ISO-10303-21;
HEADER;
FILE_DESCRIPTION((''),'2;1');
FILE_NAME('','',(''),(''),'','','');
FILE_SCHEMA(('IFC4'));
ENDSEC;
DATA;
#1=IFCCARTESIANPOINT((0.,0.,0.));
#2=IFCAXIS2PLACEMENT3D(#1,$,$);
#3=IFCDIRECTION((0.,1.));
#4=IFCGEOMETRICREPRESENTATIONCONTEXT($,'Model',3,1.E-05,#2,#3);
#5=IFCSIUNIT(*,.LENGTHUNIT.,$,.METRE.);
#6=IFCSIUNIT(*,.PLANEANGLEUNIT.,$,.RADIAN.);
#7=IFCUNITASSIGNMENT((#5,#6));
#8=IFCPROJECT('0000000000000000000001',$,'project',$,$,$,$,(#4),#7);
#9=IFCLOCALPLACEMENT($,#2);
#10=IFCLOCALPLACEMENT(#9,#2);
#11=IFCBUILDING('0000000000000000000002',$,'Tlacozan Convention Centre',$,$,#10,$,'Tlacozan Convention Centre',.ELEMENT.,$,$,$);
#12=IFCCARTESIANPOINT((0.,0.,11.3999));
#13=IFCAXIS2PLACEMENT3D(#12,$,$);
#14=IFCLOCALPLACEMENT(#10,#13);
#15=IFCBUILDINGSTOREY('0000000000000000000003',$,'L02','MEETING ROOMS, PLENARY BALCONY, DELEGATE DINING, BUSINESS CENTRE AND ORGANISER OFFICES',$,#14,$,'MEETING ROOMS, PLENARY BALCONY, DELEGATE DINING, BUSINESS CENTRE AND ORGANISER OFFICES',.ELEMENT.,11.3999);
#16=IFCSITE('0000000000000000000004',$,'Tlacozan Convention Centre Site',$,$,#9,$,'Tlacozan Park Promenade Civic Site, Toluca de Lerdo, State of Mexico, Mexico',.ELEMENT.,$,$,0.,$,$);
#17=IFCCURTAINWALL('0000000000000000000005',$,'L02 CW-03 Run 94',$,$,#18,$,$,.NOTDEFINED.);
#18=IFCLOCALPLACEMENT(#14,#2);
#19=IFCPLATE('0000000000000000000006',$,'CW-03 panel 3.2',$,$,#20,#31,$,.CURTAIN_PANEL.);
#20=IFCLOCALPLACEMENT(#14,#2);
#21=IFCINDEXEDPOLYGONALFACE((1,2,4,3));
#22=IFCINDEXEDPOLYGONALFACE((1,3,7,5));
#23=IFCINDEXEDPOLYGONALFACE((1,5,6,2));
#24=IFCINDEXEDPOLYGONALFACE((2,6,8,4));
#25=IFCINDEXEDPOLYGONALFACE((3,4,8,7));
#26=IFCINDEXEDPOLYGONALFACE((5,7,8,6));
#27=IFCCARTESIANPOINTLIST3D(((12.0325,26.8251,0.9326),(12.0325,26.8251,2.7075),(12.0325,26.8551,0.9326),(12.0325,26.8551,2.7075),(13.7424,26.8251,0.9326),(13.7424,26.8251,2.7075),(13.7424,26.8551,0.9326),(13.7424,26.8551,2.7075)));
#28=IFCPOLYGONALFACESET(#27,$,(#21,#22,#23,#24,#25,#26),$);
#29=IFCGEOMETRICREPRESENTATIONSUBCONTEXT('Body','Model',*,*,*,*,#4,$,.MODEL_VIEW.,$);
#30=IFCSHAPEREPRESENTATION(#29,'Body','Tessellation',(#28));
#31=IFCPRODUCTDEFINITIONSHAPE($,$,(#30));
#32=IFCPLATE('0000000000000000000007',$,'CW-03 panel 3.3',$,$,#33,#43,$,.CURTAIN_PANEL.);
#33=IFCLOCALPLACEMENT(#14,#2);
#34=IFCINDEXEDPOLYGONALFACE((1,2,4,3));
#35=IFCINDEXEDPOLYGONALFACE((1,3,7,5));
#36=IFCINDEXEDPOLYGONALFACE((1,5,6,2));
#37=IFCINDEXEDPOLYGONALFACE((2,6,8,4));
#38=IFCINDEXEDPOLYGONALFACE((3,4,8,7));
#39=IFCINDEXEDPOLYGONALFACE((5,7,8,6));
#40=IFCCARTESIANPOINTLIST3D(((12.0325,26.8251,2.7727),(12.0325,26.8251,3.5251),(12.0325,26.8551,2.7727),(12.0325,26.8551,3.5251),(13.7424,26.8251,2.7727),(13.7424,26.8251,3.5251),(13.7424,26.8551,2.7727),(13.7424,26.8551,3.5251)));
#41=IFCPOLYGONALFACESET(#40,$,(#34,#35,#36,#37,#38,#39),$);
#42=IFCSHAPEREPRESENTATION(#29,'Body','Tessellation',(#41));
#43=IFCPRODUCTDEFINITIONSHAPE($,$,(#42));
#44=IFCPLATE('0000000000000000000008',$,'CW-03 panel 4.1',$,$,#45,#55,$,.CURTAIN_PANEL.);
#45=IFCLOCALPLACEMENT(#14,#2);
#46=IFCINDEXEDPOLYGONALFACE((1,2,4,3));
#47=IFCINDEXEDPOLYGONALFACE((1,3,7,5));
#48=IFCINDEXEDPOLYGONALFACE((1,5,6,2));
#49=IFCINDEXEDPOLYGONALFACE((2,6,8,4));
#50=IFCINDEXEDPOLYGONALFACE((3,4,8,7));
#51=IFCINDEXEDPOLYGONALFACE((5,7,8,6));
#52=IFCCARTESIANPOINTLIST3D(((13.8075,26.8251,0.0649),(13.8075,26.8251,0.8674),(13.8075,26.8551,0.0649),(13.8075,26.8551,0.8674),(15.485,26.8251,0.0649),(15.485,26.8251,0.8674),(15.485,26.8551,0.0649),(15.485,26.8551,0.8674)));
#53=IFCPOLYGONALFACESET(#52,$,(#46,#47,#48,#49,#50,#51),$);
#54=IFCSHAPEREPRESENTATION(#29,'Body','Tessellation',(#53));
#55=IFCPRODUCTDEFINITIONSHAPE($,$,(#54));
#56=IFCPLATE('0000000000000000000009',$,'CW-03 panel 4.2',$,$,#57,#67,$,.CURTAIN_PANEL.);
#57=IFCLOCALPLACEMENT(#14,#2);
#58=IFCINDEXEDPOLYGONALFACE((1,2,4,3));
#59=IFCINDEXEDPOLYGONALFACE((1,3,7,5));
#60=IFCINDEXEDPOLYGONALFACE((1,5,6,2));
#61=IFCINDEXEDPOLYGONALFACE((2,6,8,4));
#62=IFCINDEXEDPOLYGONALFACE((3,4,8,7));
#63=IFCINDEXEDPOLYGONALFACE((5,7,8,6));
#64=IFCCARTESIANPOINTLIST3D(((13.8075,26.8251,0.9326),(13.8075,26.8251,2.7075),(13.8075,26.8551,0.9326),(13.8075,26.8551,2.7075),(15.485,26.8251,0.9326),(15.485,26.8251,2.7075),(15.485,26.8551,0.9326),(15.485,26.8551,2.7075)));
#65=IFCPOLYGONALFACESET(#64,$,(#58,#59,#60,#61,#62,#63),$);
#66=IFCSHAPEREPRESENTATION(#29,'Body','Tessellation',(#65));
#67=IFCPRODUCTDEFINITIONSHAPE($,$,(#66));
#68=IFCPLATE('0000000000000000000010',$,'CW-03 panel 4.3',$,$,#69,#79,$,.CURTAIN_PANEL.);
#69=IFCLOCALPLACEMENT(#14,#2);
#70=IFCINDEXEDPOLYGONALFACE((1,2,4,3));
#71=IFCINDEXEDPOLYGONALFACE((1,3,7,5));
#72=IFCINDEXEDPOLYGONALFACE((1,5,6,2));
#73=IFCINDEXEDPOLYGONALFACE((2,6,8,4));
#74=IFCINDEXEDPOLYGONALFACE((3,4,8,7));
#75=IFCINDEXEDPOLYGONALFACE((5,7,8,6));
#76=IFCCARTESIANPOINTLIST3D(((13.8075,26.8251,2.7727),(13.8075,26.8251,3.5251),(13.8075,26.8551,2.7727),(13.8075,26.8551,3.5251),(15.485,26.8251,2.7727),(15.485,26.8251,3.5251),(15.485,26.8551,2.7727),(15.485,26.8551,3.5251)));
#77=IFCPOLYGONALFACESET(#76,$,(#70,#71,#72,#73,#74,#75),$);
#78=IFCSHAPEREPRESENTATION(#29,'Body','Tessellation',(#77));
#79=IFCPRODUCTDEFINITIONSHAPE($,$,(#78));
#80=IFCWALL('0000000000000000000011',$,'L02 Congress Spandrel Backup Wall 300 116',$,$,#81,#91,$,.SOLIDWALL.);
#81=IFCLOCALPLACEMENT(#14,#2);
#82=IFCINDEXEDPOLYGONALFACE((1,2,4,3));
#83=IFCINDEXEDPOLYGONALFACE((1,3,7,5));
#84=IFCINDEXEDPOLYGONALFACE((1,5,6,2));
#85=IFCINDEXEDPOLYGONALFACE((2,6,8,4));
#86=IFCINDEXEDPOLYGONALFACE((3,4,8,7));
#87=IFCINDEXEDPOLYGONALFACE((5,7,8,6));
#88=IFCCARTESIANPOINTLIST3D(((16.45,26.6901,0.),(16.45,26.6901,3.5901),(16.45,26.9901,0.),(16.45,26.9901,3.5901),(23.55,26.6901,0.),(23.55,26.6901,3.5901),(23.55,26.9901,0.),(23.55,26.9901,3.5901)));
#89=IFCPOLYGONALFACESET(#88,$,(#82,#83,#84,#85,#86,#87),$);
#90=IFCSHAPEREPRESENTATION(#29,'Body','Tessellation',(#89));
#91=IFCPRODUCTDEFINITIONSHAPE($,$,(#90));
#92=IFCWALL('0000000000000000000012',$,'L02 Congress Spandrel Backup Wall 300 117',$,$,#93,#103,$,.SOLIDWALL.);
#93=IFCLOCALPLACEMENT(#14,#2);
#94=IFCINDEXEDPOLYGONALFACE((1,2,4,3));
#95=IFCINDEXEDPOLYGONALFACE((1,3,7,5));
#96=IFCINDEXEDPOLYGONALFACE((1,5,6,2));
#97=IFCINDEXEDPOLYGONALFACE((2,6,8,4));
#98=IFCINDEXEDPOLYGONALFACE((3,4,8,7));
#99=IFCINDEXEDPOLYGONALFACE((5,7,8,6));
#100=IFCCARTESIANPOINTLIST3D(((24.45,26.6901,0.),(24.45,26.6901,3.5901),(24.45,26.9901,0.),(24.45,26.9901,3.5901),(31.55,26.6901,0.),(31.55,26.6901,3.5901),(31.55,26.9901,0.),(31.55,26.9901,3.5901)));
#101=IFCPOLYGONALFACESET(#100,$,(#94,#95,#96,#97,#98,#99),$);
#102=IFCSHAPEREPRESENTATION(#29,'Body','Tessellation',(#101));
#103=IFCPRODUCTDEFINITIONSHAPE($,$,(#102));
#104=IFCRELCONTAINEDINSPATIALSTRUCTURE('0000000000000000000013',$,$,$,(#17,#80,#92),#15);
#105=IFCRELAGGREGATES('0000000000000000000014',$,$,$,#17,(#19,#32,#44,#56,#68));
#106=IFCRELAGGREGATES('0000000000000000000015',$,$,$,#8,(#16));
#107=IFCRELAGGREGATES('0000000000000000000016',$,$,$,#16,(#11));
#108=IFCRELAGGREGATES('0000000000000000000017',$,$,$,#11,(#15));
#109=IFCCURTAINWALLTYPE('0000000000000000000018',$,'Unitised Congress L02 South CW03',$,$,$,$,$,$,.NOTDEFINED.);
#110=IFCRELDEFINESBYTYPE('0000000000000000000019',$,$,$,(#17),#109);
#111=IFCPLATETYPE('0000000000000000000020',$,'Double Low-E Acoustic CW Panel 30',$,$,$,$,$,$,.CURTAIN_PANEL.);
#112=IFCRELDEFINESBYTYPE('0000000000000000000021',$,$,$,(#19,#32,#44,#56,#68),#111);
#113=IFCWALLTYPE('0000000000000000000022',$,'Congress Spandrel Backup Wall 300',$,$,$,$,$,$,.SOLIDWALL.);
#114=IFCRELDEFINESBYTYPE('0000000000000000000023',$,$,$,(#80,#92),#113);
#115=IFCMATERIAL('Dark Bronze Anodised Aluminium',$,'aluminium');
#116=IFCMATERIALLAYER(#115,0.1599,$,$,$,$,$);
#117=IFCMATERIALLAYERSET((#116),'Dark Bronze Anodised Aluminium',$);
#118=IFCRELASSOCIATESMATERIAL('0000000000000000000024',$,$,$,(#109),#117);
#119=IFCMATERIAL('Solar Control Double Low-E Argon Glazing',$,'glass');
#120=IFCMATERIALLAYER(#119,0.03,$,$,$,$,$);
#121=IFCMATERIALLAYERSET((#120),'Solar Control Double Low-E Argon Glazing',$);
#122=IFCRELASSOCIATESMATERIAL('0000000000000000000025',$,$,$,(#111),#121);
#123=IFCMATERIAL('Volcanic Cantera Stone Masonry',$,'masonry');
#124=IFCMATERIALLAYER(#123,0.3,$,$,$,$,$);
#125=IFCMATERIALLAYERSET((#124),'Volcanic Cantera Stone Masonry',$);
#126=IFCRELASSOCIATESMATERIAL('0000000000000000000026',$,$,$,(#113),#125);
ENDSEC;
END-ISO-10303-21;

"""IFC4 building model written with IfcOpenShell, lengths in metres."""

from ifc_helpers import new_model, si_unit, direction, frame, frame_2d, origin, origin_2d, place, context, subcontext, project, spatial, rectangle, extrude, material, layer, layer_set, type_object, element, aggregate, save


model = new_model("IFC4")

# Units and contexts
model_context = context("Model", 3, precision=1e-05, world=origin(), true_north=direction((0.0, 1.0)))
body_context = subcontext(model_context, "Body", "Model", "MODEL_VIEW")
ifc_project = project(units=[si_unit("LENGTHUNIT", "METRE"), si_unit("PLANEANGLEUNIT", "RADIAN")], contexts=[model_context])

# Site, building, storey
site_placement = place(None, origin())
site = spatial("IfcSite", under=ifc_project, at=site_placement, Name="Tlacozan Convention Centre Site", LongName="Tlacozan Park Promenade Civic Site, Toluca de Lerdo, State of Mexico, Mexico", CompositionType="ELEMENT", RefElevation=0.0)
building_placement = place(site_placement, origin())
building = spatial("IfcBuilding", under=site, at=building_placement, Name="Tlacozan Convention Centre", LongName="Tlacozan Convention Centre", CompositionType="ELEMENT")
storey_placement = place(building_placement, frame((0.0, 0.0, 11.3999)))
storey = spatial("IfcBuildingStorey", under=building, at=storey_placement, Name="L02", Description="MEETING ROOMS, PLENARY BALCONY, DELEGATE DINING, BUSINESS CENTRE AND ORGANISER OFFICES", LongName="MEETING ROOMS, PLENARY BALCONY, DELEGATE DINING, BUSINESS CENTRE AND ORGANISER OFFICES", CompositionType="ELEMENT", Elevation=11.3999)

# Curtain wall, plates
ifc_material_1 = material(Name="Dark Bronze Anodised Aluminium", Category="aluminium")
ifc_layer_1 = layer(ifc_material_1, 0.1599)
ifc_layer_set_1 = layer_set([ifc_layer_1], Name="Dark Bronze Anodised Aluminium")
curtain_wall_type = type_object("IfcCurtainWallType", Name="Unitised Congress L02 South CW03", PredefinedType="NOTDEFINED", material=ifc_layer_set_1)
curtain_wall_placement = place(storey_placement, origin())
curtain_wall = element("IfcCurtainWall", 1, at=curtain_wall_placement, inside=storey, type_object=curtain_wall_type, Name="L02 CW-03 Run 94", PredefinedType="NOTDEFINED")
ifc_material_2 = material(Name="Solar Control Double Low-E Argon Glazing", Category="glass")
ifc_layer_2 = layer(ifc_material_2, 0.03)
ifc_layer_set_2 = layer_set([ifc_layer_2], Name="Solar Control Double Low-E Argon Glazing")
plate_type = type_object("IfcPlateType", Name="Double Low-E Acoustic CW Panel 30", PredefinedType="CURTAIN_PANEL", material=ifc_layer_set_2)
plate_1_placement = place(storey_placement, frame((12.8875, 26.8401, 0.9326), z_axis=(0.0, 0.0, 1.0), x_axis=(1.0, 0.0, 0.0)))
plate_1 = element("IfcPlate", 2, at=plate_1_placement, type_object=plate_type, Name="CW-03 panel 3.2", PredefinedType="CURTAIN_PANEL", context=body_context, shape_type="SweptSolid", body=[
    extrude(rectangle(XDim=1.71, YDim=0.03, at=origin_2d()), origin(), (0.0, 0.0, 1.0), 1.7749),
])
plate_2_placement = place(storey_placement, frame((12.8875, 26.8401, 2.7727), z_axis=(0.0, 0.0, 1.0), x_axis=(1.0, 0.0, 0.0)))
plate_2 = element("IfcPlate", 3, at=plate_2_placement, type_object=plate_type, Name="CW-03 panel 3.3", PredefinedType="CURTAIN_PANEL", context=body_context, shape_type="SweptSolid", body=[
    extrude(rectangle(XDim=1.71, YDim=0.03, at=origin_2d()), origin(), (0.0, 0.0, 1.0), 0.7524),
])
plate_3_placement = place(storey_placement, frame((14.6462, 26.8401, 0.0649), z_axis=(0.0, 0.0, 1.0), x_axis=(1.0, 0.0, 0.0)))
plate_3 = element("IfcPlate", 4, at=plate_3_placement, type_object=plate_type, Name="CW-03 panel 4.1", PredefinedType="CURTAIN_PANEL", context=body_context, shape_type="SweptSolid", body=[
    extrude(rectangle(XDim=1.6775, YDim=0.03, at=origin_2d()), origin(), (0.0, 0.0, 1.0), 0.8025),
])
plate_4_placement = place(storey_placement, frame((14.6462, 26.8401, 0.9326), z_axis=(0.0, 0.0, 1.0), x_axis=(1.0, 0.0, 0.0)))
plate_4 = element("IfcPlate", 5, at=plate_4_placement, type_object=plate_type, Name="CW-03 panel 4.2", PredefinedType="CURTAIN_PANEL", context=body_context, shape_type="SweptSolid", body=[
    extrude(rectangle(XDim=1.6775, YDim=0.03, at=origin_2d()), origin(), (0.0, 0.0, 1.0), 1.7749),
])
plate_5_placement = place(storey_placement, frame((14.6462, 26.8401, 2.7727), z_axis=(0.0, 0.0, 1.0), x_axis=(1.0, 0.0, 0.0)))
plate_5 = element("IfcPlate", 6, at=plate_5_placement, type_object=plate_type, Name="CW-03 panel 4.3", PredefinedType="CURTAIN_PANEL", context=body_context, shape_type="SweptSolid", body=[
    extrude(rectangle(XDim=1.6775, YDim=0.03, at=origin_2d()), origin(), (0.0, 0.0, 1.0), 0.7524),
])
aggregate(curtain_wall, [plate_1, plate_2, plate_3, plate_4, plate_5])

# Walls
ifc_material_3 = material(Name="Volcanic Cantera Stone Masonry", Category="masonry")
ifc_layer_3 = layer(ifc_material_3, 0.3)
ifc_layer_set_3 = layer_set([ifc_layer_3], Name="Volcanic Cantera Stone Masonry")
wall_type = type_object("IfcWallType", Name="Congress Spandrel Backup Wall 300", PredefinedType="SOLIDWALL", material=ifc_layer_set_3)
for number, where, z_axis, x_axis, name in (
    (7, (16.45, 26.8401, 0.0), (0.0, 0.0, 1.0), (1.0, 0.0, 0.0), "L02 Congress Spandrel Backup Wall 300 116"),
    (8, (24.45, 26.8401, 0.0), (0.0, 0.0, 1.0), (1.0, 0.0, 0.0), "L02 Congress Spandrel Backup Wall 300 117"),
):
    element("IfcWall", number, at=place(storey_placement, frame(where, z_axis=z_axis, x_axis=x_axis)), inside=storey, type_object=wall_type, Name=name, PredefinedType="SOLIDWALL", context=body_context, shape_type="SweptSolid", body=[
        extrude(rectangle(XDim=7.1001, YDim=0.3, at=frame_2d((3.55, 0.0))), origin(), (0.0, 0.0, 1.0), 3.5901),
    ])

save(model, "model.ifc")
